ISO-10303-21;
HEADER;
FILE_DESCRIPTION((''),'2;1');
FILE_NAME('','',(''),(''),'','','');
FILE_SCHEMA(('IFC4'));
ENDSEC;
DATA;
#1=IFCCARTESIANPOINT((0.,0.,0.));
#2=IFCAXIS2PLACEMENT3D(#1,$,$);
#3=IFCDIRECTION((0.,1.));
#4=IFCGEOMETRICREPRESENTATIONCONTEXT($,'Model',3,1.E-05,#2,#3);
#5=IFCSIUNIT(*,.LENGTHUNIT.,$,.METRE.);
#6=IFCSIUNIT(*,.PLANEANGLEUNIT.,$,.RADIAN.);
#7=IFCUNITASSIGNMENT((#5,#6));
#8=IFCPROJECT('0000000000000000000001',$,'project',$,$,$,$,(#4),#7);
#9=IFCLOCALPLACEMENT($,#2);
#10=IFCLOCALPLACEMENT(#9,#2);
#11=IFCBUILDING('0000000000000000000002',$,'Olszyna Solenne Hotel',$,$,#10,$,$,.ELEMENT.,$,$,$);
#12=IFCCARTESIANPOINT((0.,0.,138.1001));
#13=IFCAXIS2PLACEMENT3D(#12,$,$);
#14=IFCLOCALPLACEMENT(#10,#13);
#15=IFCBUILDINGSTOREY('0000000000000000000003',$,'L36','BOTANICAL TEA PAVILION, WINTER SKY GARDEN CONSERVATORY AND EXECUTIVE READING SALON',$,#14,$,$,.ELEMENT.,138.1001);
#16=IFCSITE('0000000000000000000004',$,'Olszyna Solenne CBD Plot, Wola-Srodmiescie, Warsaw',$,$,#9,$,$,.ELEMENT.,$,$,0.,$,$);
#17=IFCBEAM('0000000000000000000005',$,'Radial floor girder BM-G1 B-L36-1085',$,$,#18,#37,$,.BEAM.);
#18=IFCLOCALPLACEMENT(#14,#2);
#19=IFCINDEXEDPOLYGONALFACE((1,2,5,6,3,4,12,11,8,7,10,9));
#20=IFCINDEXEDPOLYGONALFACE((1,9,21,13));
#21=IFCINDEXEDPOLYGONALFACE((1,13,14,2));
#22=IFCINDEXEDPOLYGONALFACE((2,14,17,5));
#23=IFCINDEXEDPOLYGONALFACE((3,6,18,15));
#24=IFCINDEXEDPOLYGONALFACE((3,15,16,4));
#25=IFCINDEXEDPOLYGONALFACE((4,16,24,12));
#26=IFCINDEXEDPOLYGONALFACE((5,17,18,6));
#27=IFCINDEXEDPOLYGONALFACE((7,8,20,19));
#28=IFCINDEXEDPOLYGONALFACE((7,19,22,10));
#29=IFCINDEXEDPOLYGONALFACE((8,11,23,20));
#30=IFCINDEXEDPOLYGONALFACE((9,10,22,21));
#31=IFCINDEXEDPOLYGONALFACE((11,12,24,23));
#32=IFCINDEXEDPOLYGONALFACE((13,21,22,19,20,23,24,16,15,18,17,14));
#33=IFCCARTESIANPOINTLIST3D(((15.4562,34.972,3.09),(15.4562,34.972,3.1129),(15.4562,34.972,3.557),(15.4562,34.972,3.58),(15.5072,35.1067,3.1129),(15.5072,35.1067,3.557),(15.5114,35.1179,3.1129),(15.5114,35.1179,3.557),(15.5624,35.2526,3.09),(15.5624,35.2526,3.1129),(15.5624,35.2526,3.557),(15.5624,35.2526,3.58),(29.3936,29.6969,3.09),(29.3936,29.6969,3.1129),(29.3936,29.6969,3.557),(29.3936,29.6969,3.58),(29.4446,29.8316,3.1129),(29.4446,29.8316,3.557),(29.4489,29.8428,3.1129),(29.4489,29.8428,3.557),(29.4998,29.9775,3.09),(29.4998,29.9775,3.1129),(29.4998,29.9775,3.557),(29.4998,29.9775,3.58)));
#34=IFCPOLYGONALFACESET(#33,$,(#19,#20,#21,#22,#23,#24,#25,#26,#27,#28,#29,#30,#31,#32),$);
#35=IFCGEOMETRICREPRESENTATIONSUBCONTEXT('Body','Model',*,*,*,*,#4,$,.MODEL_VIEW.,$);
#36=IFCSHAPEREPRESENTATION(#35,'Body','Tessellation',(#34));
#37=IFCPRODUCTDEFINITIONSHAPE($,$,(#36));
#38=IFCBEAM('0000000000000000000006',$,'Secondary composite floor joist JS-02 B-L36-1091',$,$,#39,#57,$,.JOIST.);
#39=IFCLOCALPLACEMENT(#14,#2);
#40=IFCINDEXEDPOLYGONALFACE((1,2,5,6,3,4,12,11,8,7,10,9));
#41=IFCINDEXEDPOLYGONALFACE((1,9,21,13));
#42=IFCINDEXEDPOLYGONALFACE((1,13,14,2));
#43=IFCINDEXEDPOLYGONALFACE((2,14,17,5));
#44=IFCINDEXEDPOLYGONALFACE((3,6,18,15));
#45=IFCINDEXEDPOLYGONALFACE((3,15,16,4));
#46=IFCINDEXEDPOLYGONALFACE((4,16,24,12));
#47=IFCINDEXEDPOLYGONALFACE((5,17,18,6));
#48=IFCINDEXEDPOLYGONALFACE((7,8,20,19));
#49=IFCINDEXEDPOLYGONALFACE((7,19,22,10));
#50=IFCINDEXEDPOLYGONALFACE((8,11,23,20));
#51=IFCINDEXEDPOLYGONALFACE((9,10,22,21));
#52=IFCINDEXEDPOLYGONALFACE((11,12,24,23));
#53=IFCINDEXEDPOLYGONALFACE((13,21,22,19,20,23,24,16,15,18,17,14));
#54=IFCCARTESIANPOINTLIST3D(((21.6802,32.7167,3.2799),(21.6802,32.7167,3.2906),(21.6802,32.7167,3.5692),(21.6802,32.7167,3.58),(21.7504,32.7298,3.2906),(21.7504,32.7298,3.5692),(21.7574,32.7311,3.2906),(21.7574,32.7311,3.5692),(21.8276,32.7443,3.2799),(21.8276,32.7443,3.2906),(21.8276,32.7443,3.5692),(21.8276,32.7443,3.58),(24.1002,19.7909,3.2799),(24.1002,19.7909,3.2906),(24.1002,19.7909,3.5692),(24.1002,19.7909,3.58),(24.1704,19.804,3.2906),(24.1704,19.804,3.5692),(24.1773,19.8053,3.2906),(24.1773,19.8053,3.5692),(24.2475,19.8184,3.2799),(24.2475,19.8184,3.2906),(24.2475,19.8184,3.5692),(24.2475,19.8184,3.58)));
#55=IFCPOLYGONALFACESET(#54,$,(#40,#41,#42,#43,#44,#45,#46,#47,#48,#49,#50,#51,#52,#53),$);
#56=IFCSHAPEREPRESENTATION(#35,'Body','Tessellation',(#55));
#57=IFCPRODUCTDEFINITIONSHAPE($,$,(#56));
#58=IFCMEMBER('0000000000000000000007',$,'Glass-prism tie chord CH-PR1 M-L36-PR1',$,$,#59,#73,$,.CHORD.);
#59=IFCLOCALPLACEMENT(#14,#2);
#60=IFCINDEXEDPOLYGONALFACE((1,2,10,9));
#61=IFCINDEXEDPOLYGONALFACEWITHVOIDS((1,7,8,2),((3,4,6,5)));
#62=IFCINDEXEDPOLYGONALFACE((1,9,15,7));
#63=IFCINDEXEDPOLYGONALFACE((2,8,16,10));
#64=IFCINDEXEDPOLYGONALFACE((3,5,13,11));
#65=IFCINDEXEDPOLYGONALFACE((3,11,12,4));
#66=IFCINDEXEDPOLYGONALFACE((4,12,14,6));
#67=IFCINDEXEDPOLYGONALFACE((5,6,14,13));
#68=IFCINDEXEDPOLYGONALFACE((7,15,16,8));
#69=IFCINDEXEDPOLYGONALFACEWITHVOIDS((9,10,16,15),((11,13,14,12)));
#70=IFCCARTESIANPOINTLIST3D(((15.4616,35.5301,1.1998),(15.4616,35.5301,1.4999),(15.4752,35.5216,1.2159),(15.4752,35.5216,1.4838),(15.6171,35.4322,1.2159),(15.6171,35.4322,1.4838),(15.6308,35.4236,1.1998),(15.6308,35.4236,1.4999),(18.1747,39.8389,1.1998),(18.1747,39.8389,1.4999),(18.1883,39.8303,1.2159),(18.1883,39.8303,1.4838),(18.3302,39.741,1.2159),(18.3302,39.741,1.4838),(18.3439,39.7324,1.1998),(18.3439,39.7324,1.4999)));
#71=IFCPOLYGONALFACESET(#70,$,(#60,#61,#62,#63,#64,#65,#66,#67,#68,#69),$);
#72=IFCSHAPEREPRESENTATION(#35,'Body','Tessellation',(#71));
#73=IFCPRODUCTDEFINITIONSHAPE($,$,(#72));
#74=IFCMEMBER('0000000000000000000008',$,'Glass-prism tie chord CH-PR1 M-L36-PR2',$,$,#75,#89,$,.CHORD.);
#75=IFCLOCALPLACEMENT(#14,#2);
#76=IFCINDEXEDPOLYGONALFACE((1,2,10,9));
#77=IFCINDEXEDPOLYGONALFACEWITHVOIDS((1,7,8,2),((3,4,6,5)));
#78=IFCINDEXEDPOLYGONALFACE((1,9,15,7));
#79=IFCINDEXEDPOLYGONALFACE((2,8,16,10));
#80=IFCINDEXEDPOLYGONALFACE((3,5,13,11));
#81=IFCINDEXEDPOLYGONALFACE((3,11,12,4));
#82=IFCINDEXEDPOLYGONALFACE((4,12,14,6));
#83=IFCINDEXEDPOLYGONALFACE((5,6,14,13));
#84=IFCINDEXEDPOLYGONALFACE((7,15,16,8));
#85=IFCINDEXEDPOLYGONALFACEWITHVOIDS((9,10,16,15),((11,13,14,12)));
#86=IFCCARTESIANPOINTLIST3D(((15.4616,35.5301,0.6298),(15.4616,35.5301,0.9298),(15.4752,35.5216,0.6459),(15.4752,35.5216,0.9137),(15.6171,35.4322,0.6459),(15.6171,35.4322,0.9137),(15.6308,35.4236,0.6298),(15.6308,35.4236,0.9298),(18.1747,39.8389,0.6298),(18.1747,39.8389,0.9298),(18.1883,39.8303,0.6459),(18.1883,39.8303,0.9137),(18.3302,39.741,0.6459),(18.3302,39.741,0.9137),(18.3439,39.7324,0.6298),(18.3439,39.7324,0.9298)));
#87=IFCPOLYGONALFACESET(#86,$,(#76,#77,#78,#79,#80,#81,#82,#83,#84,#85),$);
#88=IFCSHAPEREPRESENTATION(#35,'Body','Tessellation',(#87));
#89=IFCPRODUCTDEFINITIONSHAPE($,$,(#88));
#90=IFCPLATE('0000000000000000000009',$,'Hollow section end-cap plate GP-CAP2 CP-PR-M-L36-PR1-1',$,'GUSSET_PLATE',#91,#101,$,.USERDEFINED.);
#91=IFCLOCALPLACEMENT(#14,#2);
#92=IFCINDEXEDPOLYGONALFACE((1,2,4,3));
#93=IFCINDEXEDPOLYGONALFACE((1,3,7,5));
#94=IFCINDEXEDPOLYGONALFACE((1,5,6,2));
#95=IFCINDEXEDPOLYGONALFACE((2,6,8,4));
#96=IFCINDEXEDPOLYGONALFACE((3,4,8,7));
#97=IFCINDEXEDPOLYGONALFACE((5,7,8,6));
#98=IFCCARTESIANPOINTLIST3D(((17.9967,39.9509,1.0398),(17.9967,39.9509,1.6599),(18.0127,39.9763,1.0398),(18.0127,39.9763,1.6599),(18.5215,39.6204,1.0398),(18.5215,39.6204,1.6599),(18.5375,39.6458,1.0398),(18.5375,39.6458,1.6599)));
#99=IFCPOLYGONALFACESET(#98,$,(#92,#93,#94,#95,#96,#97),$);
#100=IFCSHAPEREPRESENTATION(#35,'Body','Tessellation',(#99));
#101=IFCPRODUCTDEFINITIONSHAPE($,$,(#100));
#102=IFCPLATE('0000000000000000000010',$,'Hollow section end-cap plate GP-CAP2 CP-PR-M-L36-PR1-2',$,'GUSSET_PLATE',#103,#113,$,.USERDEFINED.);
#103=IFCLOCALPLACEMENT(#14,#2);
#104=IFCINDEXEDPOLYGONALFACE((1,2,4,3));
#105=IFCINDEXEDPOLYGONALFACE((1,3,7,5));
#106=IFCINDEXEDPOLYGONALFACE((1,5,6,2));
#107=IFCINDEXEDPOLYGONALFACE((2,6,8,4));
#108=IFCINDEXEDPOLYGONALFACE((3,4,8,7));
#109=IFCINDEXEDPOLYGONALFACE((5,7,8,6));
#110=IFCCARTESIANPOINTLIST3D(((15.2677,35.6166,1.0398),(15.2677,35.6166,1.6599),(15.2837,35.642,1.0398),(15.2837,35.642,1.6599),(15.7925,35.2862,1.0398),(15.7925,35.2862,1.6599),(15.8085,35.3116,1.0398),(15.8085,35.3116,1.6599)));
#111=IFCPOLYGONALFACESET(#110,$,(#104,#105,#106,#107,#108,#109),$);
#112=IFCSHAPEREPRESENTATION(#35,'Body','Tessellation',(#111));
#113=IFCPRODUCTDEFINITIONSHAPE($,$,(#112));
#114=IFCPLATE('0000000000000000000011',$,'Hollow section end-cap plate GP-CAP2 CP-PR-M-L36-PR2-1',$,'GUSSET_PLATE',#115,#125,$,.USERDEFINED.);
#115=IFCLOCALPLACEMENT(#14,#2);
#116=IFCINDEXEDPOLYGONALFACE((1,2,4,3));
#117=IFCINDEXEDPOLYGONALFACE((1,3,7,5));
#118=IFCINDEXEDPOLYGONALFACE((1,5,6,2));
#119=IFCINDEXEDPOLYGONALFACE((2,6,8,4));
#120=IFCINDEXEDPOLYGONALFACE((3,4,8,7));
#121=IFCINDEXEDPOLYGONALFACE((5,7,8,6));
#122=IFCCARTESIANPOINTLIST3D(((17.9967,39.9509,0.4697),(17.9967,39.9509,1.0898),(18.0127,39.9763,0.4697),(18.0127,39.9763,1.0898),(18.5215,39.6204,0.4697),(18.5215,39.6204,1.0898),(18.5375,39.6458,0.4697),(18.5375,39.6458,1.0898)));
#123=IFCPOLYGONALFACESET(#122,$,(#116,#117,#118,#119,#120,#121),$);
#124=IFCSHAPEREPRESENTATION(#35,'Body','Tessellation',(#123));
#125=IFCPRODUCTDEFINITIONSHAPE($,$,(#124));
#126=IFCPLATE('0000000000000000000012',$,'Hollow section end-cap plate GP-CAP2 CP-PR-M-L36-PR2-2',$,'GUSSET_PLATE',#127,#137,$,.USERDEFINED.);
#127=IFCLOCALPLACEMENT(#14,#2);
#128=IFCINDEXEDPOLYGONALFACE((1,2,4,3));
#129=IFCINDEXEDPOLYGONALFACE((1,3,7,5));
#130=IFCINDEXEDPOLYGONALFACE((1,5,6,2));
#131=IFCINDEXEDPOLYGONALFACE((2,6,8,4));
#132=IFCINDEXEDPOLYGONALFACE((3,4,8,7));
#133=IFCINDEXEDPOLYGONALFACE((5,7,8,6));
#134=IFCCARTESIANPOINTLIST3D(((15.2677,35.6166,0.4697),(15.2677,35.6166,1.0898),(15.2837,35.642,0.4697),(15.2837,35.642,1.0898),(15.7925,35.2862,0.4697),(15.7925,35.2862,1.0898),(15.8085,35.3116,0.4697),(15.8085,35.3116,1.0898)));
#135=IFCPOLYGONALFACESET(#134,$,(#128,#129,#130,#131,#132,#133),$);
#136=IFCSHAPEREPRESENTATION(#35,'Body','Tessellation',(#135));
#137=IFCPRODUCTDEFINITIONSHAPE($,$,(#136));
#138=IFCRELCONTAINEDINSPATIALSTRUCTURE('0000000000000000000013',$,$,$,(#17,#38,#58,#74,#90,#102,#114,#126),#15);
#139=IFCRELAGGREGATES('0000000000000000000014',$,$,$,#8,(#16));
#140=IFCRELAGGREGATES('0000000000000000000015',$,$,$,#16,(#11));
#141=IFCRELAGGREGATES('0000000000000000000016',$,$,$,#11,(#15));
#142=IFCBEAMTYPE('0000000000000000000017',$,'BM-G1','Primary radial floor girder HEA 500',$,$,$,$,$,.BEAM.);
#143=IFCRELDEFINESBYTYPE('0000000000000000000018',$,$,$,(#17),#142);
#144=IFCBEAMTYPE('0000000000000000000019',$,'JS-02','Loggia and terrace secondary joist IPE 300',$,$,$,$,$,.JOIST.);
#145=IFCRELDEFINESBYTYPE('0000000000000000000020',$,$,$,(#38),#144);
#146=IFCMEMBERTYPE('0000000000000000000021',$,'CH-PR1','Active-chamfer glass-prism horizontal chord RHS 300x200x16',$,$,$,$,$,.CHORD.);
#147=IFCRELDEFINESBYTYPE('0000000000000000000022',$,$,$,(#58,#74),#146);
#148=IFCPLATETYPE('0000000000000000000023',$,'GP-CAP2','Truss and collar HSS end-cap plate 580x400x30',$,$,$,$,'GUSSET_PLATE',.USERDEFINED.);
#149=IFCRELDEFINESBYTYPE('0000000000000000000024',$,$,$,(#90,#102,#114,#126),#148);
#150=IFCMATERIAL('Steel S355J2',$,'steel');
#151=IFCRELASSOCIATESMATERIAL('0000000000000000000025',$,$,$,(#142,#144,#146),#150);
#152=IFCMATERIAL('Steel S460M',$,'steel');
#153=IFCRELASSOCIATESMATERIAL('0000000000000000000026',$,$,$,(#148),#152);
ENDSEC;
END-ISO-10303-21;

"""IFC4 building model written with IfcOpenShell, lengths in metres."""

from ifc_helpers import new_model, si_unit, direction, frame, origin, origin_2d, place, context, subcontext, project, spatial, rectangle, hollow_rectangle, i_section, extrude, source, transform, mapped, material, material_profile, profile_set, type_object, element, save


model = new_model("IFC4")

# Units and contexts
model_context = context("Model", 3, precision=1e-05, world=origin(), true_north=direction((0.0, 1.0)))
body_context = subcontext(model_context, "Body", "Model", "MODEL_VIEW")
ifc_project = project(units=[si_unit("LENGTHUNIT", "METRE"), si_unit("PLANEANGLEUNIT", "RADIAN")], contexts=[model_context])

# Site, building, storey
site_placement = place(None, origin())
site = spatial("IfcSite", under=ifc_project, at=site_placement, Name="Olszyna Solenne CBD Plot, Wola-Srodmiescie, Warsaw", CompositionType="ELEMENT", RefElevation=0.0)
building_placement = place(site_placement, origin())
building = spatial("IfcBuilding", under=site, at=building_placement, Name="Olszyna Solenne Hotel", CompositionType="ELEMENT")
storey_placement = place(building_placement, frame((0.0, 0.0, 138.1001)))
storey = spatial("IfcBuildingStorey", under=building, at=storey_placement, Name="L36", Description="BOTANICAL TEA PAVILION, WINTER SKY GARDEN CONSERVATORY AND EXECUTIVE READING SALON", CompositionType="ELEMENT", Elevation=138.1001)

# Shared definitions
ifc_material_1 = material(Name="Steel S460M", Category="steel")

# Beams
ifc_material_2 = material(Name="Steel S355J2", Category="steel")
ifc_material_profile_1 = material_profile(ifc_material_2, i_section(OverallWidth=0.3, OverallDepth=0.49, WebThickness=0.012, FlangeThickness=0.0229, at=origin_2d()), Name="HEA 500", Category="load-bearing")
ifc_profile_set_1 = profile_set([ifc_material_profile_1], Name="Steel S355J2")
beam_type_1 = type_object("IfcBeamType", Name="BM-G1", Description="Primary radial floor girder HEA 500", PredefinedType="BEAM", material=ifc_profile_set_1)
shared_shape_1 = source(origin(), body_context, "Body", "SweptSolid", [
    extrude(i_section(OverallWidth=0.3, OverallDepth=0.49, WebThickness=0.012, FlangeThickness=0.0229, at=origin_2d()), origin(), (0.0, 0.0, 1.0), 14.9023),
])
beam_1_placement = place(storey_placement, frame((15.5093, 35.1123, 3.335), z_axis=(0.935253, -0.35398, 0.0), x_axis=(0.35398, 0.935253, 0.0)))
element("IfcBeam", 1, at=beam_1_placement, inside=storey, type_object=beam_type_1, Name="Radial floor girder BM-G1 B-L36-1085", PredefinedType="BEAM", context=body_context, shape_type="MappedRepresentation", body=[
    mapped(shared_shape_1, transform((0.0, 0.0, 0.0), x_axis=(1.0, 0.0, 0.0), y_axis=(0.0, 1.0, 0.0), z_axis=(0.0, 0.0, 1.0), scale=1.0)),
])
ifc_material_profile_2 = material_profile(ifc_material_2, i_section(OverallWidth=0.1499, OverallDepth=0.3, WebThickness=0.0071, FlangeThickness=0.0107, at=origin_2d()), Name="IPE 300", Category="load-bearing")
ifc_profile_set_2 = profile_set([ifc_material_profile_2], Name="Steel S355J2")
beam_type_2 = type_object("IfcBeamType", Name="JS-02", Description="Loggia and terrace secondary joist IPE 300", PredefinedType="JOIST", material=ifc_profile_set_2)
shared_shape_2 = source(origin(), body_context, "Body", "SweptSolid", [
    extrude(i_section(OverallWidth=0.1499, OverallDepth=0.3, WebThickness=0.0071, FlangeThickness=0.0107, at=origin_2d()), origin(), (0.0, 0.0, 1.0), 13.1504),
])
beam_2_placement = place(storey_placement, frame((21.7539, 32.7305, 3.4299), z_axis=(0.18402, -0.982923, 0.0), x_axis=(0.982923, 0.18402, 0.0)))
element("IfcBeam", 2, at=beam_2_placement, inside=storey, type_object=beam_type_2, Name="Secondary composite floor joist JS-02 B-L36-1091", PredefinedType="JOIST", context=body_context, shape_type="MappedRepresentation", body=[
    mapped(shared_shape_2, transform((0.0, 0.0, 0.0), x_axis=(1.0, 0.0, 0.0), y_axis=(0.0, 1.0, 0.0), z_axis=(0.0, 0.0, 1.0), scale=1.0)),
])

# Members
ifc_material_profile_3 = material_profile(ifc_material_2, hollow_rectangle(XDim=0.2, YDim=0.3, WallThickness=0.0161, at=origin_2d()), Name="RHS 300x200x16", Category="load-bearing")
ifc_profile_set_3 = profile_set([ifc_material_profile_3], Name="Steel S355J2")
member_type = type_object("IfcMemberType", Name="CH-PR1", Description="Active-chamfer glass-prism horizontal chord RHS 300x200x16", PredefinedType="CHORD", material=ifc_profile_set_3)
shared_shape_3 = source(origin(), body_context, "Body", "SweptSolid", [
    extrude(hollow_rectangle(XDim=0.2, YDim=0.3, WallThickness=0.0161, at=origin_2d()), origin(), (0.0, 0.0, 1.0), 5.0918),
])
for number, where, z_axis, x_axis, name in (
    (3, (18.2593, 39.7856, 1.3499), (-0.532836, -0.846218, 0.0), (0.846218, -0.532836, 0.0), "Glass-prism tie chord CH-PR1 M-L36-PR1"),
    (4, (18.2593, 39.7856, 0.7798), (-0.532836, -0.846218, 0.0), (0.846218, -0.532836, 0.0), "Glass-prism tie chord CH-PR1 M-L36-PR2"),
):
    element("IfcMember", number, at=place(storey_placement, frame(where, z_axis=z_axis, x_axis=x_axis)), inside=storey, type_object=member_type, Name=name, PredefinedType="CHORD", context=body_context, shape_type="MappedRepresentation", body=[
        mapped(shared_shape_3, transform((0.0, 0.0, 0.0), x_axis=(1.0, 0.0, 0.0), y_axis=(0.0, 1.0, 0.0), z_axis=(0.0, 0.0, 1.0), scale=1.0)),
    ])

# Plates
plate_type = type_object("IfcPlateType", Name="GP-CAP2", Description="Truss and collar HSS end-cap plate 580x400x30", ElementType="GUSSET_PLATE", PredefinedType="USERDEFINED", material=ifc_material_1)
shared_shape_4 = source(origin(), body_context, "Body", "SweptSolid", [
    extrude(rectangle(XDim=0.03, YDim=0.6201, at=origin_2d()), origin(), (0.0, 0.0, 1.0), 0.6201),
])
for number, where, z_axis, x_axis, name in (
    (5, (18.2671, 39.7983, 1.0398), (0.0, 0.0, 1.0), (-0.532876, -0.846193, 0.0), "Hollow section end-cap plate GP-CAP2 CP-PR-M-L36-PR1-1"),
    (6, (15.5381, 35.4641, 1.0398), (0.0, 0.0, 1.0), (-0.532876, -0.846193, 0.0), "Hollow section end-cap plate GP-CAP2 CP-PR-M-L36-PR1-2"),
    (7, (18.2671, 39.7983, 0.4697), (0.0, 0.0, 1.0), (-0.532876, -0.846193, 0.0), "Hollow section end-cap plate GP-CAP2 CP-PR-M-L36-PR2-1"),
    (8, (15.5381, 35.4641, 0.4697), (0.0, 0.0, 1.0), (-0.532876, -0.846193, 0.0), "Hollow section end-cap plate GP-CAP2 CP-PR-M-L36-PR2-2"),
):
    element("IfcPlate", number, at=place(storey_placement, frame(where, z_axis=z_axis, x_axis=x_axis)), inside=storey, type_object=plate_type, Name=name, ObjectType="GUSSET_PLATE", PredefinedType="USERDEFINED", context=body_context, shape_type="MappedRepresentation", body=[
        mapped(shared_shape_4, transform((0.0, 0.0, 0.0), x_axis=(1.0, 0.0, 0.0), y_axis=(0.0, 1.0, 0.0), z_axis=(0.0, 0.0, 1.0), scale=1.0)),
    ])

save(model, "model.ifc")
